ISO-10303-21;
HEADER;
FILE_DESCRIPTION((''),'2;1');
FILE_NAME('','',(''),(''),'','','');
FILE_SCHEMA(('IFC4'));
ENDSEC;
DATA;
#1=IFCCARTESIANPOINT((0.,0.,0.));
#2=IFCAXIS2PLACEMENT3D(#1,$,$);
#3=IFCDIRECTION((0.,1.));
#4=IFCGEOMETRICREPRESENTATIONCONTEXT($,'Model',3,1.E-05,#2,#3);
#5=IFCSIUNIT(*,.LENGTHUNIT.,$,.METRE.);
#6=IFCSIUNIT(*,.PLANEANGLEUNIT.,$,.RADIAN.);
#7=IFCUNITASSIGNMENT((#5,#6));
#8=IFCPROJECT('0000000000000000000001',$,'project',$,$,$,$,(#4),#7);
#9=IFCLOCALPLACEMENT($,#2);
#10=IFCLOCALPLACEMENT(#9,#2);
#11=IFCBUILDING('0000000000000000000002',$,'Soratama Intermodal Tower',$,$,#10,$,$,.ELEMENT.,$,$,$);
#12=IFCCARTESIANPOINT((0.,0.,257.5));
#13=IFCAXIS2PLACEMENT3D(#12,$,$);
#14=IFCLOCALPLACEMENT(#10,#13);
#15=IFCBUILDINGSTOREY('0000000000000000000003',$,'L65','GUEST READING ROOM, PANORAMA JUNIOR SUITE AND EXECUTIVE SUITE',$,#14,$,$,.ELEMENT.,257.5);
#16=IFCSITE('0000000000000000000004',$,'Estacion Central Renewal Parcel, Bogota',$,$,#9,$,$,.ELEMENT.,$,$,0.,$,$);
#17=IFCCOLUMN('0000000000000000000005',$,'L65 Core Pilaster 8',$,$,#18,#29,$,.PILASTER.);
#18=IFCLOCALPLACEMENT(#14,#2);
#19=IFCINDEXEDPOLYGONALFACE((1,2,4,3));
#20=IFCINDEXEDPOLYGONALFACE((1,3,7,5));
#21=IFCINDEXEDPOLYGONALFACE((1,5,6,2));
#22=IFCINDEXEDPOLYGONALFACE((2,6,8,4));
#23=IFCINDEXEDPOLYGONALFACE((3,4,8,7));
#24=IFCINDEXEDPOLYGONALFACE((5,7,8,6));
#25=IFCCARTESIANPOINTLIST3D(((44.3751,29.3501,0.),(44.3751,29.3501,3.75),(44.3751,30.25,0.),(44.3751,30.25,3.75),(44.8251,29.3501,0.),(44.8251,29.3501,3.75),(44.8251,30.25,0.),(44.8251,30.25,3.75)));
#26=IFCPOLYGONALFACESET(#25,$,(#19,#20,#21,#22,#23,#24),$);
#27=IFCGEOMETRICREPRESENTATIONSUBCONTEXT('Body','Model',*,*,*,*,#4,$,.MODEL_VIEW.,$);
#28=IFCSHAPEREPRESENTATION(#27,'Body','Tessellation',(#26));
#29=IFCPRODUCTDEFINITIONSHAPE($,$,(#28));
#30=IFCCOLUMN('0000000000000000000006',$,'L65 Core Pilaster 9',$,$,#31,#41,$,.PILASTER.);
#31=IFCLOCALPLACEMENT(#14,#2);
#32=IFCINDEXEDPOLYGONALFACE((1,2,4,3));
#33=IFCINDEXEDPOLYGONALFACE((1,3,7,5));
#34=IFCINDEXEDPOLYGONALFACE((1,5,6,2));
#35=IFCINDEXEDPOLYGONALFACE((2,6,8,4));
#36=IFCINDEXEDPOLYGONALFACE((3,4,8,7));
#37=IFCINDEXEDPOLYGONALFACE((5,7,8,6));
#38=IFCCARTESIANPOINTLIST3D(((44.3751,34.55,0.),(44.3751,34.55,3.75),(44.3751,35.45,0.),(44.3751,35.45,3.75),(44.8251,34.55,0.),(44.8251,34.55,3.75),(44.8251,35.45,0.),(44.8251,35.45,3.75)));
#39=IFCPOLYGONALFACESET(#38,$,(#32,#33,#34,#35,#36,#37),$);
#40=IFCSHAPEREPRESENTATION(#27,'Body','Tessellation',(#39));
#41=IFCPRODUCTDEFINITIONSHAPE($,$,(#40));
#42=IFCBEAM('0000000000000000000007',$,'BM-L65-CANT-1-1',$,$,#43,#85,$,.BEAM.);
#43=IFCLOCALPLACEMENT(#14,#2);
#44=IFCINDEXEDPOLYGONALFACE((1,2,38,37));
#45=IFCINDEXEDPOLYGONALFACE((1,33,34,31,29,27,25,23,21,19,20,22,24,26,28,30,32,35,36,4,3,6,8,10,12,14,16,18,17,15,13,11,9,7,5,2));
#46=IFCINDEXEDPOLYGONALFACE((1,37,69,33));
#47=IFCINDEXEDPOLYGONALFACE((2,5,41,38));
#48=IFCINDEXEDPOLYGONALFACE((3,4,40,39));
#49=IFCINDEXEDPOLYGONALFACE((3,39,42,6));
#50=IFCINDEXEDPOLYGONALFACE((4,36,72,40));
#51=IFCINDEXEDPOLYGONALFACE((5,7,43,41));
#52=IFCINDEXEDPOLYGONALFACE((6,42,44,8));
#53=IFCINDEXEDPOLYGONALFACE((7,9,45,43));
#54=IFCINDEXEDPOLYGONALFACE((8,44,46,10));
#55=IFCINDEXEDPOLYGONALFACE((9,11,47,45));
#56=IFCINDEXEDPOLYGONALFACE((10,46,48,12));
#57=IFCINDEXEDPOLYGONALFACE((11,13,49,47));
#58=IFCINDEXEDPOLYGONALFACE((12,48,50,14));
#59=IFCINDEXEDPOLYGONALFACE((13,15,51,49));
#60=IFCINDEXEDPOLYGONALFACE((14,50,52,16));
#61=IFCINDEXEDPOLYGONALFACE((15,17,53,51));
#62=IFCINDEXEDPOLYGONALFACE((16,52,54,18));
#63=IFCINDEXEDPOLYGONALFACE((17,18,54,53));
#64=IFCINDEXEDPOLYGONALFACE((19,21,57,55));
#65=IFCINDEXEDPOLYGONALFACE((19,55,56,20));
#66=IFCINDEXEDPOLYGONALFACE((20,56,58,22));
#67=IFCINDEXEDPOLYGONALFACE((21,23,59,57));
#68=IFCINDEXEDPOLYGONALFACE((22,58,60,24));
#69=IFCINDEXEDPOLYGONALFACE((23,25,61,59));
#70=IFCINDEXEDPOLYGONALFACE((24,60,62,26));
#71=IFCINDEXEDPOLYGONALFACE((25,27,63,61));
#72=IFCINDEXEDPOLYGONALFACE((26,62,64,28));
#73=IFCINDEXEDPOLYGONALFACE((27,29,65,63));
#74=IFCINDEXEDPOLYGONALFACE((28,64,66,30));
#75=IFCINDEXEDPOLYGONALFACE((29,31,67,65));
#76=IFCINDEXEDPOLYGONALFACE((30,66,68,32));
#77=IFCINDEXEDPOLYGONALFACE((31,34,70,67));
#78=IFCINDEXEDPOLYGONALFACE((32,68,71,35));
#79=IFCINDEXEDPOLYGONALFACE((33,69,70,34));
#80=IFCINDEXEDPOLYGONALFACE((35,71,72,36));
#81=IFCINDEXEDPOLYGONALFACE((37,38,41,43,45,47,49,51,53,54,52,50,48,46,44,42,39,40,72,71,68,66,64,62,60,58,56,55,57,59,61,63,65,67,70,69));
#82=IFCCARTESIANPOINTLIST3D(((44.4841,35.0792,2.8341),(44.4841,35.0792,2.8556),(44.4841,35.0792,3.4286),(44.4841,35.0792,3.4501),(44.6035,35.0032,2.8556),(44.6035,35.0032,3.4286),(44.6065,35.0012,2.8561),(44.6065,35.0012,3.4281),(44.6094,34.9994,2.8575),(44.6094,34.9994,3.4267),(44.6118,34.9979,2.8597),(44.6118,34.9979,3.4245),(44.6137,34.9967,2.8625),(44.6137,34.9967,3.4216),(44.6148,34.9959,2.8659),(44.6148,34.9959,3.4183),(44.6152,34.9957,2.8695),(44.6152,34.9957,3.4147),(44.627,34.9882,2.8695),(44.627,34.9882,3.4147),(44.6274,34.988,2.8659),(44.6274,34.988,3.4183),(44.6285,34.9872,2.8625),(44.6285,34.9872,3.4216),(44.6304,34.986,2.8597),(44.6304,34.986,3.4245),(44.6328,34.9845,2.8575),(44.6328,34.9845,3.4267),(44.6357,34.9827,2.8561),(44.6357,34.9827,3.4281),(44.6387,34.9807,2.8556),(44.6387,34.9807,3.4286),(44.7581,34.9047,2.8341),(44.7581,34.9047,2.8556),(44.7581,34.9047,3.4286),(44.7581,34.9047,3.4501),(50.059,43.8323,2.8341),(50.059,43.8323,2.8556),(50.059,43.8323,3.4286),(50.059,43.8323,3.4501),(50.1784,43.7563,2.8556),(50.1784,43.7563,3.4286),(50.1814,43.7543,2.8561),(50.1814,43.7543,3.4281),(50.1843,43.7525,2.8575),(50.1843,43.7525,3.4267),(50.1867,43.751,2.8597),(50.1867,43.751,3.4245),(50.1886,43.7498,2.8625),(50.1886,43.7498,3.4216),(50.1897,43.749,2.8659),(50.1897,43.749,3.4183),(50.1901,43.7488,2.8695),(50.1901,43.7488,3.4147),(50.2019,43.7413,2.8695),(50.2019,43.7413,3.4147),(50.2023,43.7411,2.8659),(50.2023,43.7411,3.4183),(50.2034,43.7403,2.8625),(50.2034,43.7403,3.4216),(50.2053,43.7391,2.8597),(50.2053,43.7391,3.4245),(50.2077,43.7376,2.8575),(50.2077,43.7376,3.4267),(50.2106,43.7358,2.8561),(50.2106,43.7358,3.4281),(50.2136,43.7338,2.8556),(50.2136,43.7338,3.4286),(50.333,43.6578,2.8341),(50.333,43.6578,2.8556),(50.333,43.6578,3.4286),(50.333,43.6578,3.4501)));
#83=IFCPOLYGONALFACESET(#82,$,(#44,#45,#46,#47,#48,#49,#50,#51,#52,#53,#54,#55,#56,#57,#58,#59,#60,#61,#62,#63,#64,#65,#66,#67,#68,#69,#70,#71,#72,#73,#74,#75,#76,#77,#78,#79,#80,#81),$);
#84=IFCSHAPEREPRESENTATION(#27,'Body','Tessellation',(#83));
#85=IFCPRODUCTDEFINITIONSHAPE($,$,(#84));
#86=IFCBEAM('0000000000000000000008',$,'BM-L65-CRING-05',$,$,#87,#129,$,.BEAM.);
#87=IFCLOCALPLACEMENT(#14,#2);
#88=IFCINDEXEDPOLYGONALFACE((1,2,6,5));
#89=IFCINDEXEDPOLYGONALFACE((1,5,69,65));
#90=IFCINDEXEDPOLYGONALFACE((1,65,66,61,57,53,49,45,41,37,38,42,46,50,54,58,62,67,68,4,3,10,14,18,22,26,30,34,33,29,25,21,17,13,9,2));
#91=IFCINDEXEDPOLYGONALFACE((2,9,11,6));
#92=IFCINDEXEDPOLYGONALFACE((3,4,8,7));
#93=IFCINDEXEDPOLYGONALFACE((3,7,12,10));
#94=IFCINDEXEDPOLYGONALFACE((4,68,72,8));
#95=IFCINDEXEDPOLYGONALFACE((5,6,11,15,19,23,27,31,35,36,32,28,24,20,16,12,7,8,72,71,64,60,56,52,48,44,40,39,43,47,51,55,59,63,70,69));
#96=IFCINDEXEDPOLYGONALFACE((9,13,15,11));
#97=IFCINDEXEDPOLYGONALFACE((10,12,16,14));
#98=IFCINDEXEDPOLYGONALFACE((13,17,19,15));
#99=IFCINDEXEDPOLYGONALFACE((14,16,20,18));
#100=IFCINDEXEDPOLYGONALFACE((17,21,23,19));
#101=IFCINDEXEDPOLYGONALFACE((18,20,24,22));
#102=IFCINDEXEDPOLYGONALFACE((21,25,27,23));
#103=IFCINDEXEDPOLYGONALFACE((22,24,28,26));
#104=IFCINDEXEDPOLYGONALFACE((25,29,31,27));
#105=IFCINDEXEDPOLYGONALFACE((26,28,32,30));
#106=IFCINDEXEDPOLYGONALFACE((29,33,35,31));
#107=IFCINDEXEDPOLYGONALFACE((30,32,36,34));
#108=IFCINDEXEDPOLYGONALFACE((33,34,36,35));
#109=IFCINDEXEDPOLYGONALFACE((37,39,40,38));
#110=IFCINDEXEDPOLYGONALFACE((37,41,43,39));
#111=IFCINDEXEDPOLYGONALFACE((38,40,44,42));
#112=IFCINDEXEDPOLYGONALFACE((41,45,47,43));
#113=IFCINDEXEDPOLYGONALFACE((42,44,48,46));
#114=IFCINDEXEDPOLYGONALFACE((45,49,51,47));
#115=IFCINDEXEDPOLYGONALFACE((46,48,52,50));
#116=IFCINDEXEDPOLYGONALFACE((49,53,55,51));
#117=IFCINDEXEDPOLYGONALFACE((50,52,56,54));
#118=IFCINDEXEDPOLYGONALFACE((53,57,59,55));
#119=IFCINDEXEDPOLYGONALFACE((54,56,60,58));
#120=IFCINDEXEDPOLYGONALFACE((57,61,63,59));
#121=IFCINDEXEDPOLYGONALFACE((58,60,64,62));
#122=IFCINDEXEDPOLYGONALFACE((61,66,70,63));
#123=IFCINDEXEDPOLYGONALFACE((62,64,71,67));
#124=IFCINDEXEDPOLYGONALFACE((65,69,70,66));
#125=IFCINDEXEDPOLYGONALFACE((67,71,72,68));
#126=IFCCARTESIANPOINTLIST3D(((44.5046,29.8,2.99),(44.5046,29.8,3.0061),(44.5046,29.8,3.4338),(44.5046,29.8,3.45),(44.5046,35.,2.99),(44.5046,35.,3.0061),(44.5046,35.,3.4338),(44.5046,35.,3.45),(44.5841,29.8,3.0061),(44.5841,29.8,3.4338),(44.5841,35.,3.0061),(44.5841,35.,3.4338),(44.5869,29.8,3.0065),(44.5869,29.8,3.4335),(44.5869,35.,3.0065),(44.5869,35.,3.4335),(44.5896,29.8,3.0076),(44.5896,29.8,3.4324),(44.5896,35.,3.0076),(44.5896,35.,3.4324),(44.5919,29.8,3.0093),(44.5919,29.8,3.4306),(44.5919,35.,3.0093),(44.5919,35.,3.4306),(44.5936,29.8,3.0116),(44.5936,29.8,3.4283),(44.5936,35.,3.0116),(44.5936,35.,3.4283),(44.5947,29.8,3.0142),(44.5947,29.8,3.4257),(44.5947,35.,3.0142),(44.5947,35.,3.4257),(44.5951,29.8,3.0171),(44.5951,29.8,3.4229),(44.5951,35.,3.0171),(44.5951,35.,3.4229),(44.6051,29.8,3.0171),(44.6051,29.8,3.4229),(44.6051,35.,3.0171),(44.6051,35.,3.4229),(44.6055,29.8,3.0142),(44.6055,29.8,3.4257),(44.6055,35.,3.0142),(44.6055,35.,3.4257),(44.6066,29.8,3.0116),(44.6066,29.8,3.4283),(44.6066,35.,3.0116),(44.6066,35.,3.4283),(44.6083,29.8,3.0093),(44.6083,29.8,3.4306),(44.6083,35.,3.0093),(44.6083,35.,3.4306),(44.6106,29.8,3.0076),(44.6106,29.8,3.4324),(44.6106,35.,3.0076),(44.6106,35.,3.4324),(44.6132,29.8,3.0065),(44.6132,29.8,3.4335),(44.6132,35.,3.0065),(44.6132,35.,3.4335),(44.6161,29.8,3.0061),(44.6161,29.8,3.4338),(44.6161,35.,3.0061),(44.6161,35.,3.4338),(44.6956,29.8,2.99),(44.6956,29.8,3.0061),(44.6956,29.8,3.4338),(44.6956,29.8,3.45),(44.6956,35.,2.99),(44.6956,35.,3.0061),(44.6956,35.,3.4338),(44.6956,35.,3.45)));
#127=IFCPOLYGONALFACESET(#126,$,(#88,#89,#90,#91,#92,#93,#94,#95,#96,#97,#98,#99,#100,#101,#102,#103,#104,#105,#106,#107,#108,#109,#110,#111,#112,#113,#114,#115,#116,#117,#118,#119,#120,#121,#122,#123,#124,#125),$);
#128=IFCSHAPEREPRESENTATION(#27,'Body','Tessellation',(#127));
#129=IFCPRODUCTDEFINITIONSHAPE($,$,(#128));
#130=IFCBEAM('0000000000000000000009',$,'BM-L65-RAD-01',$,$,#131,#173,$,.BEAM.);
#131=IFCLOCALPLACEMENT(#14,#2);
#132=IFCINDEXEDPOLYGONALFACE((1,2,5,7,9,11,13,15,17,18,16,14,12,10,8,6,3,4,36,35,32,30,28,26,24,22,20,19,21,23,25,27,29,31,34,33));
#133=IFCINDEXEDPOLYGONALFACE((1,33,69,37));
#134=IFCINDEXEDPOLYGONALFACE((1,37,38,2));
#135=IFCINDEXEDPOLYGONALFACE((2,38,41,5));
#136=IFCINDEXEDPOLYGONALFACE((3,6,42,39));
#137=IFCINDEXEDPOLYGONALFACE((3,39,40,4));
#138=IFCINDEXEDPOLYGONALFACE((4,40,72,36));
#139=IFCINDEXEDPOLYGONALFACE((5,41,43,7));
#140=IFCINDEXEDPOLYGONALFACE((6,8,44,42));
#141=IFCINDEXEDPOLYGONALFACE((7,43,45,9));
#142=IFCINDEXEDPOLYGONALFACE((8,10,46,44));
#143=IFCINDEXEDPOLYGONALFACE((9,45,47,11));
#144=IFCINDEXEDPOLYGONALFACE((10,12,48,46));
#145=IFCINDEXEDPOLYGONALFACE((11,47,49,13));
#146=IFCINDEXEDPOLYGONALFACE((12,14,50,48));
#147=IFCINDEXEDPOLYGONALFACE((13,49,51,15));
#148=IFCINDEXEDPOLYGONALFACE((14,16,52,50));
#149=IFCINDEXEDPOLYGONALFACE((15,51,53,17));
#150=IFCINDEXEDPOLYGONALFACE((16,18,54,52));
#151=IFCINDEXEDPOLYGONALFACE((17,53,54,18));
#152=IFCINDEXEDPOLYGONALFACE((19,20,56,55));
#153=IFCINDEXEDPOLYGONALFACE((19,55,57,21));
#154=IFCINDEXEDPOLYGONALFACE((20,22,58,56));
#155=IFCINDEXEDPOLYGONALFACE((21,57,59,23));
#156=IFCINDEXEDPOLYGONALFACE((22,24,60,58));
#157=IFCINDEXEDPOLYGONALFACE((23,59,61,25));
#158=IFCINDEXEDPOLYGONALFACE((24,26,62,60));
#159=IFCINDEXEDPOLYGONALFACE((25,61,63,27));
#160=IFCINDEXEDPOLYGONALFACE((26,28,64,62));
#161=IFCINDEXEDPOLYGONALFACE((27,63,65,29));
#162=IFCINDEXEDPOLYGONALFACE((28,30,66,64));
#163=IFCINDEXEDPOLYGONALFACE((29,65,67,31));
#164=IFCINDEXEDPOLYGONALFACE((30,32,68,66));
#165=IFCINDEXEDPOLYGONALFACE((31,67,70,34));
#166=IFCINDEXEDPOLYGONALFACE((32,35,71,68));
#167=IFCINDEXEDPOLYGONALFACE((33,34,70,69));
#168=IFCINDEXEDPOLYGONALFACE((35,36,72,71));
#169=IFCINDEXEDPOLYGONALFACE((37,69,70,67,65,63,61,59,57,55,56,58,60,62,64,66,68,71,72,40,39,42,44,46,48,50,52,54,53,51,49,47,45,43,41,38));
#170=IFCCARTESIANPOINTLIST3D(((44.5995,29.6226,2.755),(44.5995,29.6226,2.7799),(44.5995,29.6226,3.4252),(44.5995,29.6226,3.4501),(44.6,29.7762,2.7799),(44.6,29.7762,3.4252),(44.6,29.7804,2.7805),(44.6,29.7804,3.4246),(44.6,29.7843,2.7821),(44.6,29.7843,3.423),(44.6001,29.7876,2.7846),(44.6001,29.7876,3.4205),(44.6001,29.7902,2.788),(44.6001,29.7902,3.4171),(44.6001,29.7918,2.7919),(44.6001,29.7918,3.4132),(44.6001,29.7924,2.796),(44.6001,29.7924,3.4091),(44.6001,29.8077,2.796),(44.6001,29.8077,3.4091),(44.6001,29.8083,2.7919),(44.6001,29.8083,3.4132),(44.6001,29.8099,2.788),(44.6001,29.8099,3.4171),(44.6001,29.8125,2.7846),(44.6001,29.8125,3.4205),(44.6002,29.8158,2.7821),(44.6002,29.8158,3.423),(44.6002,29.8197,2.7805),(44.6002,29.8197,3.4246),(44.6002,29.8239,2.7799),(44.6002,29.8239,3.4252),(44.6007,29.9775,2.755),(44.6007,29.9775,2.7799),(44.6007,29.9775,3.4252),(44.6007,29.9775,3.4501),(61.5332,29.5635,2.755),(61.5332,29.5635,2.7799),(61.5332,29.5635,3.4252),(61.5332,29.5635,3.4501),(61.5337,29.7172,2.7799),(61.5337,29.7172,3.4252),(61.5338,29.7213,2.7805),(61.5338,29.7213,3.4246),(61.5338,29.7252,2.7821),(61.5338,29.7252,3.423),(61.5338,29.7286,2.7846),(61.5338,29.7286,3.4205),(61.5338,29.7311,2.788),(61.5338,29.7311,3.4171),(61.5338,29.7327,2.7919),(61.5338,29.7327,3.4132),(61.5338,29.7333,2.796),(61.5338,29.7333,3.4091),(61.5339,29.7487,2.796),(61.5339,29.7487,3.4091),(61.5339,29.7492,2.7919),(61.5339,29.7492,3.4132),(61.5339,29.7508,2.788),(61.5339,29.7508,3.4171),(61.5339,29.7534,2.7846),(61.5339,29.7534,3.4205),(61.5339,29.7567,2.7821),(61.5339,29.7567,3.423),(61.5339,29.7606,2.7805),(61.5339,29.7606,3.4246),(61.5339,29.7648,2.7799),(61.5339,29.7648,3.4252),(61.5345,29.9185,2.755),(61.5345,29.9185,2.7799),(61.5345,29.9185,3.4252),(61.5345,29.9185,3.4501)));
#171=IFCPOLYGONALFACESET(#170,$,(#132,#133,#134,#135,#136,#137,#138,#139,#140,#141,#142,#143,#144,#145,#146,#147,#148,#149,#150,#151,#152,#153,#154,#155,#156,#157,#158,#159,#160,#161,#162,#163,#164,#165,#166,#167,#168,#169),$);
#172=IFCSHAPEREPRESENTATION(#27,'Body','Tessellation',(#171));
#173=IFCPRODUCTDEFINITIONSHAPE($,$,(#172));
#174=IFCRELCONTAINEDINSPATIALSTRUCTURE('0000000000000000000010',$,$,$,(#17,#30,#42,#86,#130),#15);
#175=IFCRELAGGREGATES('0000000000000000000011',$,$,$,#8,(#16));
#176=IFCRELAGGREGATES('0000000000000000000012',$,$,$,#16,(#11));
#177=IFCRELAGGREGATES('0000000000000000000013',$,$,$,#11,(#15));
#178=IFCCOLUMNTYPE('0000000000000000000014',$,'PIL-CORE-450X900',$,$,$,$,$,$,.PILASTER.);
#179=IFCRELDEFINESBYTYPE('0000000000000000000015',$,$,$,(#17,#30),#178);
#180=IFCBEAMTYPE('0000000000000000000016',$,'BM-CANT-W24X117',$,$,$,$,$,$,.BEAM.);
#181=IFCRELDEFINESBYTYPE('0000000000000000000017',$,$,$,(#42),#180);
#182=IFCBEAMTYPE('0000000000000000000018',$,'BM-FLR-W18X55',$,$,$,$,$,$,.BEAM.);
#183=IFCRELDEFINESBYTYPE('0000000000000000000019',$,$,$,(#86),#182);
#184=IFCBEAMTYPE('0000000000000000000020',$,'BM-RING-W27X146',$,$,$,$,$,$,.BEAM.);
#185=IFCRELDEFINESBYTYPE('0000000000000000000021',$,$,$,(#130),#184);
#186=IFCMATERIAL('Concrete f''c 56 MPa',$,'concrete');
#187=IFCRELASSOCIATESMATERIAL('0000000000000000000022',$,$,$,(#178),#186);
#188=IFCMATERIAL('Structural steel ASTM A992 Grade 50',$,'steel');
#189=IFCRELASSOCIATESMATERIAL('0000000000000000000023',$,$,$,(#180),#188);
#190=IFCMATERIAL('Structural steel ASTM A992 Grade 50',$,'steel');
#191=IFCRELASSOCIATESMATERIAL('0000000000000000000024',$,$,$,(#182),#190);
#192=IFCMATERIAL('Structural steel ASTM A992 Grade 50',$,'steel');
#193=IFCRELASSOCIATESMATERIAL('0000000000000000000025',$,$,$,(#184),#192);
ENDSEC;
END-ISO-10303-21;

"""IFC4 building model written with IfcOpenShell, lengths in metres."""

from ifc_helpers import new_model, si_unit, direction, frame, origin, origin_2d, place, context, subcontext, project, spatial, rectangle, i_section, extrude, material, material_profile, profile_set, type_object, element, save


model = new_model("IFC4")

# Units and contexts
model_context = context("Model", 3, precision=1e-05, world=origin(), true_north=direction((0.0, 1.0)))
body_context = subcontext(model_context, "Body", "Model", "MODEL_VIEW")
ifc_project = project(units=[si_unit("LENGTHUNIT", "METRE"), si_unit("PLANEANGLEUNIT", "RADIAN")], contexts=[model_context])

# Site, building, storey
site_placement = place(None, origin())
site = spatial("IfcSite", under=ifc_project, at=site_placement, Name="Estacion Central Renewal Parcel, Bogota", CompositionType="ELEMENT", RefElevation=0.0)
building_placement = place(site_placement, origin())
building = spatial("IfcBuilding", under=site, at=building_placement, Name="Soratama Intermodal Tower", CompositionType="ELEMENT")
storey_placement = place(building_placement, frame((0.0, 0.0, 257.5)))
storey = spatial("IfcBuildingStorey", under=building, at=storey_placement, Name="L65", Description="GUEST READING ROOM, PANORAMA JUNIOR SUITE AND EXECUTIVE SUITE", CompositionType="ELEMENT", Elevation=257.5)

# Columns
ifc_material_1 = material(Name="Concrete f'c 56 MPa", Category="concrete")
ifc_material_profile_1 = material_profile(ifc_material_1, rectangle(XDim=0.45, YDim=0.8999, at=origin_2d()), Name="RC450X900")
ifc_profile_set_1 = profile_set([ifc_material_profile_1], Name="Concrete f'c 56 MPa")
column_type = type_object("IfcColumnType", Name="PIL-CORE-450X900", PredefinedType="PILASTER", material=ifc_profile_set_1)
for number, where, z_axis, x_axis, name in (
    (1, (44.6001, 29.8, 0.0), (0.0, 0.0, 1.0), (1.0, 0.0, 0.0), "L65 Core Pilaster 8"),
    (2, (44.6001, 35.0, 0.0), (0.0, 0.0, 1.0), (1.0, 0.0, 0.0), "L65 Core Pilaster 9"),
):
    element("IfcColumn", number, at=place(storey_placement, frame(where, z_axis=z_axis, x_axis=x_axis)), inside=storey, type_object=column_type, Name=name, PredefinedType="PILASTER", context=body_context, shape_type="SweptSolid", body=[
        extrude(rectangle(XDim=0.45, YDim=0.8999, at=origin_2d()), origin(), (0.0, 0.0, 1.0), 3.75),
    ])

# Beams
ifc_material_2 = material(Name="Structural steel ASTM A992 Grade 50", Category="steel")
ifc_material_profile_2 = material_profile(ifc_material_2, i_section(OverallWidth=0.325, OverallDepth=0.616, WebThickness=0.0139, FlangeThickness=0.0215, FilletRadius=0.0139, at=origin_2d()), Name="W24X117")
ifc_profile_set_2 = profile_set([ifc_material_profile_2], Name="Structural steel ASTM A992 Grade 50")
beam_type_1 = type_object("IfcBeamType", Name="BM-CANT-W24X117", PredefinedType="BEAM", material=ifc_profile_set_2)
beam_1_placement = place(storey_placement, frame((44.6211, 34.9919, 3.1421), z_axis=(0.537201, 0.843454, 0.0), x_axis=(-0.843454, 0.537201, 0.0)))
element("IfcBeam", 3, at=beam_1_placement, inside=storey, type_object=beam_type_1, Name="BM-L65-CANT-1-1", PredefinedType="BEAM", context=body_context, shape_type="SweptSolid", body=[
    extrude(i_section(OverallWidth=0.325, OverallDepth=0.616, WebThickness=0.0139, FlangeThickness=0.0215, FilletRadius=0.0139, at=origin_2d()), origin(), (0.0, 0.0, 1.0), 10.3777),
])
ifc_material_3 = material(Name="Structural steel ASTM A992 Grade 50", Category="steel")
ifc_material_profile_3 = material_profile(ifc_material_3, i_section(OverallWidth=0.1909, OverallDepth=0.46, WebThickness=0.01, FlangeThickness=0.0161, FilletRadius=0.011, at=origin_2d()), Name="W18X55")
ifc_profile_set_3 = profile_set([ifc_material_profile_3], Name="Structural steel ASTM A992 Grade 50")
beam_type_2 = type_object("IfcBeamType", Name="BM-FLR-W18X55", PredefinedType="BEAM", material=ifc_profile_set_3)
beam_2_placement = place(storey_placement, frame((44.6001, 29.8, 3.22), z_axis=(0.0, 1.0, 0.0), x_axis=(-1.0, 0.0, 0.0)))
element("IfcBeam", 4, at=beam_2_placement, inside=storey, type_object=beam_type_2, Name="BM-L65-CRING-05", PredefinedType="BEAM", context=body_context, shape_type="SweptSolid", body=[
    extrude(i_section(OverallWidth=0.1909, OverallDepth=0.46, WebThickness=0.01, FlangeThickness=0.0161, FilletRadius=0.011, at=origin_2d()), origin(), (0.0, 0.0, 1.0), 5.2),
])
ifc_material_4 = material(Name="Structural steel ASTM A992 Grade 50", Category="steel")
ifc_material_profile_4 = material_profile(ifc_material_4, i_section(OverallWidth=0.355, OverallDepth=0.6951, WebThickness=0.0154, FlangeThickness=0.0249, FilletRadius=0.0161, at=origin_2d()), Name="W27X146")
ifc_profile_set_4 = profile_set([ifc_material_profile_4], Name="Structural steel ASTM A992 Grade 50")
beam_type_3 = type_object("IfcBeamType", Name="BM-RING-W27X146", PredefinedType="BEAM", material=ifc_profile_set_4)
beam_3_placement = place(storey_placement, frame((44.6001, 29.8, 3.1025), z_axis=(0.999994, -0.003489, 0.0), x_axis=(0.003489, 0.999994, 0.0)))
element("IfcBeam", 5, at=beam_3_placement, inside=storey, type_object=beam_type_3, Name="BM-L65-RAD-01", PredefinedType="BEAM", context=body_context, shape_type="SweptSolid", body=[
    extrude(i_section(OverallWidth=0.355, OverallDepth=0.6951, WebThickness=0.0154, FlangeThickness=0.0249, FilletRadius=0.0161, at=origin_2d()), origin(), (0.0, 0.0, 1.0), 16.9338),
])

save(model, "model.ifc")
